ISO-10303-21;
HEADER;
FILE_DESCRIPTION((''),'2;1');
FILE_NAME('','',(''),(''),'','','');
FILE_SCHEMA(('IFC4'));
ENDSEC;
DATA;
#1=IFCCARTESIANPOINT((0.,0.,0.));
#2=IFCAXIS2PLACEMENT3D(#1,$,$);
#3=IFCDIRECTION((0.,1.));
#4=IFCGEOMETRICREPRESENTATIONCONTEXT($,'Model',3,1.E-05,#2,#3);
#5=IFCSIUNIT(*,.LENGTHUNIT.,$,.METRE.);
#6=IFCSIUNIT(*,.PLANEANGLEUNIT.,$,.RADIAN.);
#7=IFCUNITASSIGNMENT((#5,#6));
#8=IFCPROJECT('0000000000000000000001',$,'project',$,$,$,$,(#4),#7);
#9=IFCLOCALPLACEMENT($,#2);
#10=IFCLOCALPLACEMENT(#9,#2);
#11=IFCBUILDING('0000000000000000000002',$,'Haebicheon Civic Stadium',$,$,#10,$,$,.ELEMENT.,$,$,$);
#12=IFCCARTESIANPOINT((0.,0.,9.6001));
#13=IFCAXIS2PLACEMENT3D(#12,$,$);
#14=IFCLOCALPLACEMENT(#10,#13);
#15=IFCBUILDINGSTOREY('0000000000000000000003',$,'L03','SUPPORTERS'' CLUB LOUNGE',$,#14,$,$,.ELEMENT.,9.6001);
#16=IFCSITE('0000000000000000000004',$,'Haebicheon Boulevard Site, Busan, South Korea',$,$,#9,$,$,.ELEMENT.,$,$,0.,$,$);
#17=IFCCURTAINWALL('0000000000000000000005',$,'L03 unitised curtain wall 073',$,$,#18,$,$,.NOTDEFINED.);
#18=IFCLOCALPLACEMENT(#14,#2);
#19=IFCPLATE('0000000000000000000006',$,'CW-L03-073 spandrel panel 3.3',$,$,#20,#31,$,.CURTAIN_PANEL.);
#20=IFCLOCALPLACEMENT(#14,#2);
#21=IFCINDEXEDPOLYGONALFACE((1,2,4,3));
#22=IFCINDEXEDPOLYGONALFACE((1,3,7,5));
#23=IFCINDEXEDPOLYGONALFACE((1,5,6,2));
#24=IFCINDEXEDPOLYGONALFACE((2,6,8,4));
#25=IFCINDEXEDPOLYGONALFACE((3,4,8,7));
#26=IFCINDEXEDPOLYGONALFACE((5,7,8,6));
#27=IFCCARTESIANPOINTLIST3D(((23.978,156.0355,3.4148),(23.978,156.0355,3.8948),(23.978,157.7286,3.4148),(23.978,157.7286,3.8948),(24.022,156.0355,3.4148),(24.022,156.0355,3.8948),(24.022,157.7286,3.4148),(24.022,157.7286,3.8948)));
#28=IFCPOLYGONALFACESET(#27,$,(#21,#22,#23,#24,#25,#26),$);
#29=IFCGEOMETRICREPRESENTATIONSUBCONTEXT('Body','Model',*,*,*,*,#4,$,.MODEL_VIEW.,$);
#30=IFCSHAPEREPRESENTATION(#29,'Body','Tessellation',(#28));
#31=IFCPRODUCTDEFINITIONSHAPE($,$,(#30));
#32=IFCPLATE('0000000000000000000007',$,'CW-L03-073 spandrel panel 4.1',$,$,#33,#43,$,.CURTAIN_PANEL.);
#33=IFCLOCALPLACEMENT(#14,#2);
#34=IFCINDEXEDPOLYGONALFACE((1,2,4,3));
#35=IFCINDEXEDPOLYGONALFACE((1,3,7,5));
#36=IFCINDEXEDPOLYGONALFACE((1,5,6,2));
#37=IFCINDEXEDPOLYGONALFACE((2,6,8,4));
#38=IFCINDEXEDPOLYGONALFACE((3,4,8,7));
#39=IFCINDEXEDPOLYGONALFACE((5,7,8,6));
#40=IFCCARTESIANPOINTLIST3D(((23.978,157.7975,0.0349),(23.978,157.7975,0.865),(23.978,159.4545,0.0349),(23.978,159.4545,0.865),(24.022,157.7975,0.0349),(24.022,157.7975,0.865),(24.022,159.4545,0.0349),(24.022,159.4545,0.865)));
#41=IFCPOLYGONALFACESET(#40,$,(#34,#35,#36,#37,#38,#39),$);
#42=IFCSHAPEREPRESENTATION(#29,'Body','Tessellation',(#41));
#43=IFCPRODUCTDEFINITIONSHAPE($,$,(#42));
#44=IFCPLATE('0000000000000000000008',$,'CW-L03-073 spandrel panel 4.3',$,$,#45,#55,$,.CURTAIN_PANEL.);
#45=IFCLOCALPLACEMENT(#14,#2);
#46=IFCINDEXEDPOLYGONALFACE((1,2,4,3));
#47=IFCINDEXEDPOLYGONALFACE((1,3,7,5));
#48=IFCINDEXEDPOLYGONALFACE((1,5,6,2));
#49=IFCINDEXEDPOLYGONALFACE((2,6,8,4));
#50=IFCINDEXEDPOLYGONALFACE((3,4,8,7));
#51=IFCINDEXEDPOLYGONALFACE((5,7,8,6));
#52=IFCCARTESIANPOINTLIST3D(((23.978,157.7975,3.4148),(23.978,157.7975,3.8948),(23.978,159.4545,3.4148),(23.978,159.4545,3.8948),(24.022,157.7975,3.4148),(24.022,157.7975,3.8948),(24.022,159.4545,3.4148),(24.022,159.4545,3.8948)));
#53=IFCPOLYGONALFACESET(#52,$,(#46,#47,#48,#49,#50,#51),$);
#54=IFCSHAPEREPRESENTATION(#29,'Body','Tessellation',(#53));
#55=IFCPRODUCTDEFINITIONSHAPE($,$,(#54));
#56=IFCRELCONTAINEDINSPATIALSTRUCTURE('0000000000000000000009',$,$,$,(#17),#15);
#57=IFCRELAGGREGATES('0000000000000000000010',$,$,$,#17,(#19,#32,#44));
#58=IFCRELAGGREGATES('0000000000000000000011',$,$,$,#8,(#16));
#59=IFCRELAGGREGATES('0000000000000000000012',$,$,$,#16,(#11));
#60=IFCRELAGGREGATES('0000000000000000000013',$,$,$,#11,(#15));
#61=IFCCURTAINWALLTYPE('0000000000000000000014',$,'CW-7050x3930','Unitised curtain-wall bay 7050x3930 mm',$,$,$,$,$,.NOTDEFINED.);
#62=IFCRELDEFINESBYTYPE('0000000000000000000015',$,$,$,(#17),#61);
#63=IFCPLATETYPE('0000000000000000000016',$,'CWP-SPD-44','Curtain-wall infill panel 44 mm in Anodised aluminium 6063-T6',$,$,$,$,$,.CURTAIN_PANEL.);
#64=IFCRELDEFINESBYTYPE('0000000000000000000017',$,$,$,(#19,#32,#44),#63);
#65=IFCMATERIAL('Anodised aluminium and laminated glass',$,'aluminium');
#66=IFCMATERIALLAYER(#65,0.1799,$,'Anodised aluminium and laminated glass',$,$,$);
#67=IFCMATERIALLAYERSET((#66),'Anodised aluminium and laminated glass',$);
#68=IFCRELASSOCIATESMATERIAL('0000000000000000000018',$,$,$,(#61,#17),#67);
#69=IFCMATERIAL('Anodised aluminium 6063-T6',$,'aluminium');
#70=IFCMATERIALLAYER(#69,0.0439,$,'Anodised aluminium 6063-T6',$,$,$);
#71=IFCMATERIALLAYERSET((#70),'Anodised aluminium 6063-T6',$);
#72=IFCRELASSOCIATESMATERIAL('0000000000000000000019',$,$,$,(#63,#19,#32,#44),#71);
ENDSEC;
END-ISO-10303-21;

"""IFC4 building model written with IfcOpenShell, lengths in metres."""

from ifc_helpers import new_model, si_unit, direction, frame, origin, origin_2d, place, context, subcontext, project, spatial, rectangle, extrude, material, layer, layer_set, type_object, element, aggregate, save


model = new_model("IFC4")

# Units and contexts
model_context = context("Model", 3, precision=1e-05, world=origin(), true_north=direction((0.0, 1.0)))
body_context = subcontext(model_context, "Body", "Model", "MODEL_VIEW")
ifc_project = project(units=[si_unit("LENGTHUNIT", "METRE"), si_unit("PLANEANGLEUNIT", "RADIAN")], contexts=[model_context])

# Site, building, storey
site_placement = place(None, origin())
site = spatial("IfcSite", under=ifc_project, at=site_placement, Name="Haebicheon Boulevard Site, Busan, South Korea", CompositionType="ELEMENT", RefElevation=0.0)
building_placement = place(site_placement, origin())
building = spatial("IfcBuilding", under=site, at=building_placement, Name="Haebicheon Civic Stadium", CompositionType="ELEMENT")
storey_placement = place(building_placement, frame((0.0, 0.0, 9.6001)))
storey = spatial("IfcBuildingStorey", under=building, at=storey_placement, Name="L03", Description="SUPPORTERS' CLUB LOUNGE", CompositionType="ELEMENT", Elevation=9.6001)

# Curtain wall, plates
ifc_material_1 = material(Name="Anodised aluminium and laminated glass", Category="aluminium")
ifc_layer_1 = layer(ifc_material_1, 0.1799, Name="Anodised aluminium and laminated glass")
ifc_layer_set_1 = layer_set([ifc_layer_1], Name="Anodised aluminium and laminated glass")
curtain_wall_type = type_object("IfcCurtainWallType", Name="CW-7050x3930", Description="Unitised curtain-wall bay 7050x3930 mm", PredefinedType="NOTDEFINED", material=ifc_layer_set_1)
curtain_wall_placement = place(storey_placement, origin())
curtain_wall = element("IfcCurtainWall", 1, at=curtain_wall_placement, inside=storey, type_object=curtain_wall_type, material=ifc_layer_set_1, Name="L03 unitised curtain wall 073", PredefinedType="NOTDEFINED")
ifc_material_2 = material(Name="Anodised aluminium 6063-T6", Category="aluminium")
ifc_layer_2 = layer(ifc_material_2, 0.0439, Name="Anodised aluminium 6063-T6")
ifc_layer_set_2 = layer_set([ifc_layer_2], Name="Anodised aluminium 6063-T6")
plate_type_1 = type_object("IfcPlateType", Name="CWP-SPD-44", Description="Curtain-wall infill panel 44 mm in Anodised aluminium 6063-T6", PredefinedType="CURTAIN_PANEL", material=ifc_layer_set_2)
plate_1_placement = place(storey_placement, frame((24.0, 156.8821, 3.4148), z_axis=(0.0, 0.0, 1.0), x_axis=(0.0, 1.0, 0.0)))
plate_1 = element("IfcPlate", 2, at=plate_1_placement, type_object=plate_type_1, material=ifc_layer_set_2, Name="CW-L03-073 spandrel panel 3.3", PredefinedType="CURTAIN_PANEL", context=body_context, shape_type="SweptSolid", body=[
    extrude(rectangle(XDim=1.6931, YDim=0.0439, at=origin_2d()), origin(), (0.0, 0.0, 1.0), 0.48),
])
plate_2_placement = place(storey_placement, frame((24.0, 158.626, 0.0349), z_axis=(0.0, 0.0, 1.0), x_axis=(0.0, 1.0, 0.0)))
plate_2 = element("IfcPlate", 3, at=plate_2_placement, type_object=plate_type_1, material=ifc_layer_set_2, Name="CW-L03-073 spandrel panel 4.1", PredefinedType="CURTAIN_PANEL", context=body_context, shape_type="SweptSolid", body=[
    extrude(rectangle(XDim=1.657, YDim=0.0439, at=origin_2d()), origin(), (0.0, 0.0, 1.0), 0.8301),
])
plate_3_placement = place(storey_placement, frame((24.0, 158.626, 3.4148), z_axis=(0.0, 0.0, 1.0), x_axis=(0.0, 1.0, 0.0)))
plate_3 = element("IfcPlate", 4, at=plate_3_placement, type_object=plate_type_1, material=ifc_layer_set_2, Name="CW-L03-073 spandrel panel 4.3", PredefinedType="CURTAIN_PANEL", context=body_context, shape_type="SweptSolid", body=[
    extrude(rectangle(XDim=1.657, YDim=0.0439, at=origin_2d()), origin(), (0.0, 0.0, 1.0), 0.48),
])
aggregate(curtain_wall, [plate_1, plate_2, plate_3])

save(model, "model.ifc")
